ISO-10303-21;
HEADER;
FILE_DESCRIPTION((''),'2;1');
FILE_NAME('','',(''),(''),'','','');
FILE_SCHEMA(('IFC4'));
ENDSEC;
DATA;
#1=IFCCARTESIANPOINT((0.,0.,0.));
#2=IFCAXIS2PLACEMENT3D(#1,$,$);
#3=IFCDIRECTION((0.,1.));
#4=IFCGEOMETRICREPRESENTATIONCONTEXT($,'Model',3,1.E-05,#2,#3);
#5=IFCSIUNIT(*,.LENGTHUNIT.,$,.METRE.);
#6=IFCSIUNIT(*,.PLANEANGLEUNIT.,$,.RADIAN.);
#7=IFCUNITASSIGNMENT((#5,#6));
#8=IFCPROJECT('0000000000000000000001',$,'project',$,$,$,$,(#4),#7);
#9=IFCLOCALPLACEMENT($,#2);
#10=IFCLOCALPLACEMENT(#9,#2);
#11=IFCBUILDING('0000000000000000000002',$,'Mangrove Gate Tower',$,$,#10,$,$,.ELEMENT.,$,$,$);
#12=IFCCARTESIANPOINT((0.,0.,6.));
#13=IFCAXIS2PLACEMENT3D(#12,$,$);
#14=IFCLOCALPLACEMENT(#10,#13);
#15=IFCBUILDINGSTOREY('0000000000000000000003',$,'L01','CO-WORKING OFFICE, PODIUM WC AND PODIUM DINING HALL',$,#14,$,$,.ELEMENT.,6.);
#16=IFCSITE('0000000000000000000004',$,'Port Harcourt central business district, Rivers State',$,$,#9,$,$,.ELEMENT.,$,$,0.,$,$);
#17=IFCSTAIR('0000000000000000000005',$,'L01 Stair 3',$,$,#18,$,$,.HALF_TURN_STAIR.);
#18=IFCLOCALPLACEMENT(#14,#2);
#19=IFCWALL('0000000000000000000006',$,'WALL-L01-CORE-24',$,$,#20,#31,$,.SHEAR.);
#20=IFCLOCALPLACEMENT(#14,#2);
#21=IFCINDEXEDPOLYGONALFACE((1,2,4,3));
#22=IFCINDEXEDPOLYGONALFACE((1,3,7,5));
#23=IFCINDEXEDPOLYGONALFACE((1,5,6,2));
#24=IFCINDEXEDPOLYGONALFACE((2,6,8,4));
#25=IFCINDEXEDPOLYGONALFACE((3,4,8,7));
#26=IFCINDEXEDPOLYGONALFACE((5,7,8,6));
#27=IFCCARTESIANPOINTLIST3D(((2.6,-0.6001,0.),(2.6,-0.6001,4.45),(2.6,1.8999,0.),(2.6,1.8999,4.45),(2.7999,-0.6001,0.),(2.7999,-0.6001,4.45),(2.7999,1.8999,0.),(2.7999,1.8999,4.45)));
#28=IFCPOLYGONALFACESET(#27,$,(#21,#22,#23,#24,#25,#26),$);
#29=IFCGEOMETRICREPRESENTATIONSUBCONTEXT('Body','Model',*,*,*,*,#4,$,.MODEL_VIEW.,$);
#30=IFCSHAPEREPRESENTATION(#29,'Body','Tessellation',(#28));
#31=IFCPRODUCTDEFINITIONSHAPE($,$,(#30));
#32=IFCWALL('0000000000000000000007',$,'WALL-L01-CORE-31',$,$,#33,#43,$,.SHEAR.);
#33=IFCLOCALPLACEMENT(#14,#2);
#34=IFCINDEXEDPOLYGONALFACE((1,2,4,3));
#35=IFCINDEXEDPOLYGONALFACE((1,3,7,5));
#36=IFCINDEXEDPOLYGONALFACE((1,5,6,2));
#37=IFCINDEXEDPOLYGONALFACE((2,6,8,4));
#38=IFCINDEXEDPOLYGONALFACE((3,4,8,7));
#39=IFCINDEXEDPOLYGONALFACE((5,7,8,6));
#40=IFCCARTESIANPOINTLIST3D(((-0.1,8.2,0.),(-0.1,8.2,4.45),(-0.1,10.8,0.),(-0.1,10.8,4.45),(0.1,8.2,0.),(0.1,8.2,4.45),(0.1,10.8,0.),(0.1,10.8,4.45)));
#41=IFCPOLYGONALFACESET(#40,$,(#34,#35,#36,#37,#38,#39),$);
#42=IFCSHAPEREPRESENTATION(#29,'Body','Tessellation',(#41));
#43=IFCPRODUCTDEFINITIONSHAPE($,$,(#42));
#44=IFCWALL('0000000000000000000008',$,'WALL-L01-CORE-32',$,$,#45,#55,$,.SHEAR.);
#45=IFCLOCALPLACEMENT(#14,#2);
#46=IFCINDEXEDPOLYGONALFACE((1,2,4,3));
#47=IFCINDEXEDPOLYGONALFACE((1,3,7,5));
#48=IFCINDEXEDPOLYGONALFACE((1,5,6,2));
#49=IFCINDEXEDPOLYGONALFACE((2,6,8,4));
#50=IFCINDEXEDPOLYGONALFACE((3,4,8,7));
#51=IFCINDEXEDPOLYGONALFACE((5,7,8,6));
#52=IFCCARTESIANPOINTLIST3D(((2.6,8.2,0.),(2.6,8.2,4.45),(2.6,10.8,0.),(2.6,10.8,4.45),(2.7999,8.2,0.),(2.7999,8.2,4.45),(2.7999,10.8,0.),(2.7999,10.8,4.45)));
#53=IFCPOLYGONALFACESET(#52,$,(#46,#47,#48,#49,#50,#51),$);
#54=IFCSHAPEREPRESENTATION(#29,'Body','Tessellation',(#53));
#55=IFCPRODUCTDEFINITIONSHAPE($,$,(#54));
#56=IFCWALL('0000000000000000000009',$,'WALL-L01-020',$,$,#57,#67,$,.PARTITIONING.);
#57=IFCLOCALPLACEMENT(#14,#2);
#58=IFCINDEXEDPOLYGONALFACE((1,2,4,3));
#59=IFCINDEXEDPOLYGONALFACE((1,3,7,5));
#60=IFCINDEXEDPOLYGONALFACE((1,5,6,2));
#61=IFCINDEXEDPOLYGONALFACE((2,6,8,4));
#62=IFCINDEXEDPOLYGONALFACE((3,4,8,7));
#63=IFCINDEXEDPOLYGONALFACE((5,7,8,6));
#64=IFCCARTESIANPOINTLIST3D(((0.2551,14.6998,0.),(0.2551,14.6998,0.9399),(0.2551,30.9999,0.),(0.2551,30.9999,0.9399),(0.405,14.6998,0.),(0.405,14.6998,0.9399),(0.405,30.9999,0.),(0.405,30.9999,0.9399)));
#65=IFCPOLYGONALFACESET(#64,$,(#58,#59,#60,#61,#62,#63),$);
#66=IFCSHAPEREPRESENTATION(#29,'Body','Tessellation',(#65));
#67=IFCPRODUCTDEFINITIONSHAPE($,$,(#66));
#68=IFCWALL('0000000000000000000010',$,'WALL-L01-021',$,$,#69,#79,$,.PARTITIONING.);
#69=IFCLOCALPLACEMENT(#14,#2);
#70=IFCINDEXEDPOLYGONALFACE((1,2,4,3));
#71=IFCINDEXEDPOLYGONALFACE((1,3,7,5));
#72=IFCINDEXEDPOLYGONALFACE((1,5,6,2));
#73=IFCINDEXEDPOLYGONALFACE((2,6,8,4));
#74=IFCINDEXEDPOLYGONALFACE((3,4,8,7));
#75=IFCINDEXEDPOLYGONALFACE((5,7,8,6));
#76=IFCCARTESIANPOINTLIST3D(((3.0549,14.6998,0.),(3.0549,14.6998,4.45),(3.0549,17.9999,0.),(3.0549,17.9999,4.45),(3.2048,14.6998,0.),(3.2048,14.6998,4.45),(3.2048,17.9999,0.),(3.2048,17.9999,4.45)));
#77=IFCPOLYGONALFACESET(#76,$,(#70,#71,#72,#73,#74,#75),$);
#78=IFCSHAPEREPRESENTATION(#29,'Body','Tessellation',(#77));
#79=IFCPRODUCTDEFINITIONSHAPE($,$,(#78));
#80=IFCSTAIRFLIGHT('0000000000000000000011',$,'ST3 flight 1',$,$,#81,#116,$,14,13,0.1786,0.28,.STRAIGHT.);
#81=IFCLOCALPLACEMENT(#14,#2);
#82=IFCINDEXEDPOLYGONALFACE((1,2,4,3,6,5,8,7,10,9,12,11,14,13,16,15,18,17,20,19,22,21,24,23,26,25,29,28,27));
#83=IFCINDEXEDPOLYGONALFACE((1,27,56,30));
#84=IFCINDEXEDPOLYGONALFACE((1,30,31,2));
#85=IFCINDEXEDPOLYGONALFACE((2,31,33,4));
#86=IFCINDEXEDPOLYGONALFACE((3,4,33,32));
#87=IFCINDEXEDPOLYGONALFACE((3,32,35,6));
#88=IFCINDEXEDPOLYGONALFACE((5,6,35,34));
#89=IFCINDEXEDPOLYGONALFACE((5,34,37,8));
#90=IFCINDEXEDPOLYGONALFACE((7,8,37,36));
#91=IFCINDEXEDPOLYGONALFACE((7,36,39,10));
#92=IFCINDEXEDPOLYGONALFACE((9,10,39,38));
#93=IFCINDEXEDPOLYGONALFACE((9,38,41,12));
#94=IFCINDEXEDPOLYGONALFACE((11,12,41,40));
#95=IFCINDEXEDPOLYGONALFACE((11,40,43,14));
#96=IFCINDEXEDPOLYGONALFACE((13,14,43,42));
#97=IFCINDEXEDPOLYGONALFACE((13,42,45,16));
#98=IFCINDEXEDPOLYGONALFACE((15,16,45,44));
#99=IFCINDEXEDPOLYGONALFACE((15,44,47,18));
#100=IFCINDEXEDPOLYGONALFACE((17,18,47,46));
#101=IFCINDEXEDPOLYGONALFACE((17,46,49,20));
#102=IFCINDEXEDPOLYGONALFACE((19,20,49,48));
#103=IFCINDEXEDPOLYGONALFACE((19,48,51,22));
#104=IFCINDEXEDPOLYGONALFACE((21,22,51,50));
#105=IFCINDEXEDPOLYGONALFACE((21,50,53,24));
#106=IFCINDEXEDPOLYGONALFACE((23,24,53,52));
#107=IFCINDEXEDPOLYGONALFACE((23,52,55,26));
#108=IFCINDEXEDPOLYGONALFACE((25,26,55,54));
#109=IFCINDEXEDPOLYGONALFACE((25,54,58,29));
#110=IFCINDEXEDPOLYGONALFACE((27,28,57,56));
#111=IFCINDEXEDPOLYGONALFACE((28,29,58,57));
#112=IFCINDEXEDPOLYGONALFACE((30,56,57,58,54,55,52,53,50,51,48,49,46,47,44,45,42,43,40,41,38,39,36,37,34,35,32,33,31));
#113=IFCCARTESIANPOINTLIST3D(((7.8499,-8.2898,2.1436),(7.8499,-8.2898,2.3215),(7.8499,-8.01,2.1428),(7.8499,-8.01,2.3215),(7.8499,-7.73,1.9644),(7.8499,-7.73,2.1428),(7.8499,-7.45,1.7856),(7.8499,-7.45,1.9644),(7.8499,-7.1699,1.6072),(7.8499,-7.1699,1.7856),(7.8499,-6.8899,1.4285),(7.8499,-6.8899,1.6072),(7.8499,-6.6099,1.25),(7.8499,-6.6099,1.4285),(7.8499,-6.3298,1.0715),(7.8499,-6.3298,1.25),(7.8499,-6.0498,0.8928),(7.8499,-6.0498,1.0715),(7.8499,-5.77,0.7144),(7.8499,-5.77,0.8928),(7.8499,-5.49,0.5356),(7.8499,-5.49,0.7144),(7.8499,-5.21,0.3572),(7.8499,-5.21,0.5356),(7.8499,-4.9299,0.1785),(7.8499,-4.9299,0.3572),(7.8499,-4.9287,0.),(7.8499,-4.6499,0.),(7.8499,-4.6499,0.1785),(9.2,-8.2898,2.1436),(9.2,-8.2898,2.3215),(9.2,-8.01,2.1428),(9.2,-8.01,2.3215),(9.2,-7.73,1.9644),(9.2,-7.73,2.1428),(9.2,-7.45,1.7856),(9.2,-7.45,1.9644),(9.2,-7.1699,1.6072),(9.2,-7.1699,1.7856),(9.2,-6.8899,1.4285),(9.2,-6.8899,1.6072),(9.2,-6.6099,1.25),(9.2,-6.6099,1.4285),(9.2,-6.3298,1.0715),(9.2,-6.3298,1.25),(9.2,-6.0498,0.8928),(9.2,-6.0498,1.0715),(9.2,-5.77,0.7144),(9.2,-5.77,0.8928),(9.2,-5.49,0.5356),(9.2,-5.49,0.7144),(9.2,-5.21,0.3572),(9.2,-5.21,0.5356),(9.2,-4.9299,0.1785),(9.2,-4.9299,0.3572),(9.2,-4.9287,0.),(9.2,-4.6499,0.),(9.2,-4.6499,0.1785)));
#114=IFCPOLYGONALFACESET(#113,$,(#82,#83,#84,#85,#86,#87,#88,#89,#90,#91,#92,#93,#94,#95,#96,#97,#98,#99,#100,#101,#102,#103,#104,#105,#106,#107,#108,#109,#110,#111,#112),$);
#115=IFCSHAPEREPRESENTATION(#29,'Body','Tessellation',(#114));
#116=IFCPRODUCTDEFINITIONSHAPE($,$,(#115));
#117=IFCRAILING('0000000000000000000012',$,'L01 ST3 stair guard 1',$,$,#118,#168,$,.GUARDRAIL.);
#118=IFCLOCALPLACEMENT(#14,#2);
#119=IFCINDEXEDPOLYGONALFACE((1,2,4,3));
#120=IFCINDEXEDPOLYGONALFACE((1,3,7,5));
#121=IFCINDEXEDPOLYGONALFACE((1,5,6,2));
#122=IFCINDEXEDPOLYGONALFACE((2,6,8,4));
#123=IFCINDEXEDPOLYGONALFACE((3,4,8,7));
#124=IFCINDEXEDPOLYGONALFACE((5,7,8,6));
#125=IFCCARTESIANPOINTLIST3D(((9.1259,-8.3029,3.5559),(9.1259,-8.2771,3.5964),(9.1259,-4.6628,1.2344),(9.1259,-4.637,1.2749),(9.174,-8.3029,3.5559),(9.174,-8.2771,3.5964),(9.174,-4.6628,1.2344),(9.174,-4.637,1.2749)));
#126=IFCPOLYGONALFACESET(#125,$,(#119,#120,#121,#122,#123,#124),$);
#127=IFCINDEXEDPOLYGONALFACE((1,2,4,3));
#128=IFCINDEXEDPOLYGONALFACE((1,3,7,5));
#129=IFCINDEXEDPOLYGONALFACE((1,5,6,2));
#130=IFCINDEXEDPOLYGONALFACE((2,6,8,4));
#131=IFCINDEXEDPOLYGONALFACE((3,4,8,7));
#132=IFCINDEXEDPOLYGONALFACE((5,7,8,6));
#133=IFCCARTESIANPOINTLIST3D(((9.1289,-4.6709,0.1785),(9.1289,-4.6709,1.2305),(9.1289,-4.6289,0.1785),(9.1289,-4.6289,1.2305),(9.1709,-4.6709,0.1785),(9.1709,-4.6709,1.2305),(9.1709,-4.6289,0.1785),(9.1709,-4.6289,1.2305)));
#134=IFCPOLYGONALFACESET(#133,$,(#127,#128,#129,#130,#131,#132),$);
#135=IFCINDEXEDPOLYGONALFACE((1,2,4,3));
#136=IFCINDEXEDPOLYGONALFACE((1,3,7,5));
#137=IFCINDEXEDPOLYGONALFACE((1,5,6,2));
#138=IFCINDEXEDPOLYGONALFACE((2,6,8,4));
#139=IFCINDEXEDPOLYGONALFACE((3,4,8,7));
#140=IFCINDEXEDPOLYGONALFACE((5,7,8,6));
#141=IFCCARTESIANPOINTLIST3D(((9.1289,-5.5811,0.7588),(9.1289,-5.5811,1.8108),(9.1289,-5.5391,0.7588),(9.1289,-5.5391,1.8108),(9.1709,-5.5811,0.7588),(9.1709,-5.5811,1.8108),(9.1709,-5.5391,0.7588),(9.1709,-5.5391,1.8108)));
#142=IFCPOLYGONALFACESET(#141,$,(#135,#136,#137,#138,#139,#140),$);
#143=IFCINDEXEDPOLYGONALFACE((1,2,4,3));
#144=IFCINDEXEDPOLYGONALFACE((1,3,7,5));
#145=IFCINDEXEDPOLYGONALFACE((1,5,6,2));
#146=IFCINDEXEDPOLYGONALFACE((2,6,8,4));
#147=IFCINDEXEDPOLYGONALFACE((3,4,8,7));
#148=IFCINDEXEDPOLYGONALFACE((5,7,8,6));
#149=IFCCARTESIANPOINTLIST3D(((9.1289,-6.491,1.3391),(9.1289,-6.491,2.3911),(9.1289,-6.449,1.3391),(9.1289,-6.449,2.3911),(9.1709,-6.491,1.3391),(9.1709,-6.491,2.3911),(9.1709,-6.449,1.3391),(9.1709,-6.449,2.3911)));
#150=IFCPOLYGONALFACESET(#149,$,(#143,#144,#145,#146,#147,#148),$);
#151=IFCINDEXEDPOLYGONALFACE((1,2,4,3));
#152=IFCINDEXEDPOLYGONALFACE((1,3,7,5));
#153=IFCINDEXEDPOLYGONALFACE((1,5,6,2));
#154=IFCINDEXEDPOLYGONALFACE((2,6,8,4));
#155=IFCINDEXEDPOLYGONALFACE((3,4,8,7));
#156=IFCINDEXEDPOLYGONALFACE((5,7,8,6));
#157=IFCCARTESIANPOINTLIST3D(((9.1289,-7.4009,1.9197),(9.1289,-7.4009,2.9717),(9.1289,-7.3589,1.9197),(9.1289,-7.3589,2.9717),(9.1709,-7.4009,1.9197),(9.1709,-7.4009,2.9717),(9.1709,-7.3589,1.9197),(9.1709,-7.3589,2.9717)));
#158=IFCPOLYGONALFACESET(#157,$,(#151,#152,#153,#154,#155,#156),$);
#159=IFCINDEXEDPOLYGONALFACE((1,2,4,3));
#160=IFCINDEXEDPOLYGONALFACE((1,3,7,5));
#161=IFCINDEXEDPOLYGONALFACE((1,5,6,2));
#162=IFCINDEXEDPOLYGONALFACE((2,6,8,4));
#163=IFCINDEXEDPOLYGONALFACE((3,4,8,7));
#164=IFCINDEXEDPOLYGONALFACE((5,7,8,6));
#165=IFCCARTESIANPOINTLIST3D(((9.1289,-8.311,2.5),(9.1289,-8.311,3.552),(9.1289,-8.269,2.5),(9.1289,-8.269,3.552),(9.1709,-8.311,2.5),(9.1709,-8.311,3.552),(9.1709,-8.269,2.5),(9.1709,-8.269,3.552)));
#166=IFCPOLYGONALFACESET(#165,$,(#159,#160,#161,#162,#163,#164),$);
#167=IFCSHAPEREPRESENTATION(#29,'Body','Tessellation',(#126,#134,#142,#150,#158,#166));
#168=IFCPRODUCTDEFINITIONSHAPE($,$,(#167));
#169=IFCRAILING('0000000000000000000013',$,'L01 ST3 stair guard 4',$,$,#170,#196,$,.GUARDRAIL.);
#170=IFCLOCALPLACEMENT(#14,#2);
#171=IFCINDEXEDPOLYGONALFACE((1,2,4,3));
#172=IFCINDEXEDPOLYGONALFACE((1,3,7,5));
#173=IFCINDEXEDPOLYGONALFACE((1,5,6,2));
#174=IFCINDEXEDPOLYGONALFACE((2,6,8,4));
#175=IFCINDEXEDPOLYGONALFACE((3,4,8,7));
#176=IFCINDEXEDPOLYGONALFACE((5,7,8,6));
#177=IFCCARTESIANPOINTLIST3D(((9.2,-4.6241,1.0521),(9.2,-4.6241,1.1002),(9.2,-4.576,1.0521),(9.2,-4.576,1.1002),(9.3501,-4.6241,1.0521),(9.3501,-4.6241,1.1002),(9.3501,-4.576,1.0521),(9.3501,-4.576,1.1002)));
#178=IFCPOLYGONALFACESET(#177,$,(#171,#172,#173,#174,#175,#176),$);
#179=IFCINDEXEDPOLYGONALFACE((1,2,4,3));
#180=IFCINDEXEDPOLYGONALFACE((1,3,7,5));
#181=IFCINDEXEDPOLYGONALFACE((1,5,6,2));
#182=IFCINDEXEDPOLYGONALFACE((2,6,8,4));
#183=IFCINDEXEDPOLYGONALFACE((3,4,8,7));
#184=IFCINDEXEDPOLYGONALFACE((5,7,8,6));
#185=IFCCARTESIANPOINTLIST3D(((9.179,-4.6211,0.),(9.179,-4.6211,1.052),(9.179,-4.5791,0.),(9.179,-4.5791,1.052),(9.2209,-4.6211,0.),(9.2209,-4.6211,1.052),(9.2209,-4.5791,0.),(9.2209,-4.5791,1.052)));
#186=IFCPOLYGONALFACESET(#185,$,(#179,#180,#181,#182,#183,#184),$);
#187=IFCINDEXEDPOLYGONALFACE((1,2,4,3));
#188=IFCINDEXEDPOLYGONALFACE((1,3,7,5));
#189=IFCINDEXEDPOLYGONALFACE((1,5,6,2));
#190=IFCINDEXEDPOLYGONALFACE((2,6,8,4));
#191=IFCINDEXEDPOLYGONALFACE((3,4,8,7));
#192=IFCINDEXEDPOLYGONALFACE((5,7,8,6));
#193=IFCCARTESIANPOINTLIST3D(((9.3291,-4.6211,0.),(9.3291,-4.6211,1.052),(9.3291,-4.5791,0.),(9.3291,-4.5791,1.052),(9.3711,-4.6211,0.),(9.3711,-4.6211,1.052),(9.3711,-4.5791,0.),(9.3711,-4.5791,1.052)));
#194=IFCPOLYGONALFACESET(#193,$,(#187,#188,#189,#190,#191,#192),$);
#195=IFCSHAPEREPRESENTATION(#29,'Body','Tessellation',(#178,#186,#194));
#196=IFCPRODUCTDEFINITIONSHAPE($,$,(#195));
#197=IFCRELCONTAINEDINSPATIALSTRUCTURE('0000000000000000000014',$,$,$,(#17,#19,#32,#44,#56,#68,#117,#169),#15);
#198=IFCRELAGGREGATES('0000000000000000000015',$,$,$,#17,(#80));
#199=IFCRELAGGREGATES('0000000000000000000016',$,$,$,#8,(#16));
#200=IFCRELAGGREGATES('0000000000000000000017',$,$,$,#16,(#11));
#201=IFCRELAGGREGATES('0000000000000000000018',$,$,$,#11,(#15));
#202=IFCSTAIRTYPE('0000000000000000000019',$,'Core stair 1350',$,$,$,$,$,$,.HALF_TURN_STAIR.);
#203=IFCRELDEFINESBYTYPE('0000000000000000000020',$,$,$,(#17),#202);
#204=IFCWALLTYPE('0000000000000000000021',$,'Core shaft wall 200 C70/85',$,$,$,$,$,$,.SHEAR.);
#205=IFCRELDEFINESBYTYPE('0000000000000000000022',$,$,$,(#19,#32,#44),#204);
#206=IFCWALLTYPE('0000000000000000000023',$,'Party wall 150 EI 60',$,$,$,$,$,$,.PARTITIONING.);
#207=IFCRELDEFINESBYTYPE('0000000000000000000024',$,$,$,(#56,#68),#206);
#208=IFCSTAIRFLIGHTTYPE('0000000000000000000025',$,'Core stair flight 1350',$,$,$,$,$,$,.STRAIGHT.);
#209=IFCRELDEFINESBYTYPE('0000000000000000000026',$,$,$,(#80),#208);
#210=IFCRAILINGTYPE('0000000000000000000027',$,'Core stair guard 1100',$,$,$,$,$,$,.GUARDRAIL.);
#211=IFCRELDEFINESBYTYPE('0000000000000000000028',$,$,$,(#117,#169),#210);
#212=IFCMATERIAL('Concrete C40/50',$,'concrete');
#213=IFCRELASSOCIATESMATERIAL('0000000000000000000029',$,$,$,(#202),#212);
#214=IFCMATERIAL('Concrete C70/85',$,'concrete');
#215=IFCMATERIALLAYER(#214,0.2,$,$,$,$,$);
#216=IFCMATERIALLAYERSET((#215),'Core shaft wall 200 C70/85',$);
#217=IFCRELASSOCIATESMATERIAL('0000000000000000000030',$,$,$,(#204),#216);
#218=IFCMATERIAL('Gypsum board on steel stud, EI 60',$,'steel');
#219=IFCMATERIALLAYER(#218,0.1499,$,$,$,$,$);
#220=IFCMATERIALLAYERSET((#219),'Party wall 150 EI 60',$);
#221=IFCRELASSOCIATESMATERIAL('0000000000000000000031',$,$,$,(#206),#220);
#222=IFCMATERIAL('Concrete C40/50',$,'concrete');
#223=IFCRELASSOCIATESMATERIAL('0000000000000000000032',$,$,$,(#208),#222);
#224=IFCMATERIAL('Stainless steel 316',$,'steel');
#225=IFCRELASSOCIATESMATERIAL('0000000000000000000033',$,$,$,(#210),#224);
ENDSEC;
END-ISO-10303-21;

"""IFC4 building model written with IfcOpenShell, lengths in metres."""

from ifc_helpers import new_model, si_unit, direction, frame, frame_2d, origin, origin_2d, place, context, subcontext, project, spatial, polyline, rectangle, outline, extrude, material, layer, layer_set, type_object, element, aggregate, save


model = new_model("IFC4")

# Units and contexts
model_context = context("Model", 3, precision=1e-05, world=origin(), true_north=direction((0.0, 1.0)))
body_context = subcontext(model_context, "Body", "Model", "MODEL_VIEW")
ifc_project = project(units=[si_unit("LENGTHUNIT", "METRE"), si_unit("PLANEANGLEUNIT", "RADIAN")], contexts=[model_context])

# Site, building, storey
site_placement = place(None, origin())
site = spatial("IfcSite", under=ifc_project, at=site_placement, Name="Port Harcourt central business district, Rivers State", CompositionType="ELEMENT", RefElevation=0.0)
building_placement = place(site_placement, origin())
building = spatial("IfcBuilding", under=site, at=building_placement, Name="Mangrove Gate Tower", CompositionType="ELEMENT")
storey_placement = place(building_placement, frame((0.0, 0.0, 6.0)))
storey = spatial("IfcBuildingStorey", under=building, at=storey_placement, Name="L01", Description="CO-WORKING OFFICE, PODIUM WC AND PODIUM DINING HALL", CompositionType="ELEMENT", Elevation=6.0)

# Stair
ifc_material_1 = material(Name="Concrete C40/50", Category="concrete")
stair_type = type_object("IfcStairType", Name="Core stair 1350", PredefinedType="HALF_TURN_STAIR", material=ifc_material_1)
stair_1_placement = place(storey_placement, origin())
stair_1 = element("IfcStair", 1, at=stair_1_placement, inside=storey, type_object=stair_type, Name="L01 Stair 3", PredefinedType="HALF_TURN_STAIR")

# Walls
ifc_material_2 = material(Name="Concrete C70/85", Category="concrete")
ifc_layer_1 = layer(ifc_material_2, 0.2)
ifc_layer_set_1 = layer_set([ifc_layer_1], Name="Core shaft wall 200 C70/85")
wall_type_1 = type_object("IfcWallType", Name="Core shaft wall 200 C70/85", PredefinedType="SHEAR", material=ifc_layer_set_1)
for number, where, z_axis, x_axis, name in (
    (2, (2.7, -0.6001, 0.0), (0.0, 0.0, 1.0), (0.0, 1.0, 0.0), "WALL-L01-CORE-24"),
):
    element("IfcWall", number, at=place(storey_placement, frame(where, z_axis=z_axis, x_axis=x_axis)), inside=storey, type_object=wall_type_1, Name=name, PredefinedType="SHEAR", context=body_context, shape_type="SweptSolid", body=[
        extrude(rectangle(XDim=2.5, YDim=0.2, at=frame_2d((1.25, 0.0))), origin(), (0.0, 0.0, 1.0), 4.45),
    ])
for number, where, z_axis, x_axis, name in (
    (3, (0.0, 8.2, 0.0), (0.0, 0.0, 1.0), (0.0, 1.0, 0.0), "WALL-L01-CORE-31"),
    (4, (2.7, 8.2, 0.0), (0.0, 0.0, 1.0), (0.0, 1.0, 0.0), "WALL-L01-CORE-32"),
):
    element("IfcWall", number, at=place(storey_placement, frame(where, z_axis=z_axis, x_axis=x_axis)), inside=storey, type_object=wall_type_1, Name=name, PredefinedType="SHEAR", context=body_context, shape_type="SweptSolid", body=[
        extrude(rectangle(XDim=2.6001, YDim=0.2, at=frame_2d((1.3, 0.0))), origin(), (0.0, 0.0, 1.0), 4.45),
    ])
ifc_material_3 = material(Name="Gypsum board on steel stud, EI 60", Category="steel")
ifc_layer_2 = layer(ifc_material_3, 0.1499)
ifc_layer_set_2 = layer_set([ifc_layer_2], Name="Party wall 150 EI 60")
wall_type_2 = type_object("IfcWallType", Name="Party wall 150 EI 60", PredefinedType="PARTITIONING", material=ifc_layer_set_2)
wall_1_placement = place(storey_placement, frame((0.3301, 14.7, 0.0), z_axis=(0.0, 0.0, 1.0), x_axis=(0.0, 1.0, 0.0)))
element("IfcWall", 5, at=wall_1_placement, inside=storey, type_object=wall_type_2, Name="WALL-L01-020", PredefinedType="PARTITIONING", context=body_context, shape_type="SweptSolid", body=[
    extrude(rectangle(XDim=16.3, YDim=0.1499, at=frame_2d((8.1499, 0.0))), origin(), (0.0, 0.0, 1.0), 0.9399),
])
wall_2_placement = place(storey_placement, frame((3.1299, 14.7, 0.0), z_axis=(0.0, 0.0, 1.0), x_axis=(0.0, 1.0, 0.0)))
element("IfcWall", 6, at=wall_2_placement, inside=storey, type_object=wall_type_2, Name="WALL-L01-021", PredefinedType="PARTITIONING", context=body_context, shape_type="SweptSolid", body=[
    extrude(rectangle(XDim=3.3, YDim=0.1499, at=frame_2d((1.6499, 0.0))), origin(), (0.0, 0.0, 1.0), 4.45),
])

# Stair flight
ifc_material_4 = material(Name="Concrete C40/50", Category="concrete")
stair_flight_type = type_object("IfcStairFlightType", Name="Core stair flight 1350", PredefinedType="STRAIGHT", material=ifc_material_4)
stair_flight_placement = place(storey_placement, frame((8.5249, -4.6499, 0.0), z_axis=(0.0, 0.0, 1.0), x_axis=(0.0, -1.0, 0.0)))
stair_flight = element("IfcStairFlight", 7, at=stair_flight_placement, type_object=stair_flight_type, Name="ST3 flight 1", NumberOfRisers=14, NumberOfTreads=13, PredefinedType="STRAIGHT", RiserHeight=0.1786, TreadLength=0.28, context=body_context, shape_type="SweptSolid", body=[
    extrude(outline(polyline([(0.0, 0.0), (0.0, 0.1785), (0.28, 0.1785), (0.28, 0.3572), (0.5601, 0.3572), (0.5601, 0.5356), (0.8401, 0.5356), (0.8401, 0.7144), (1.1201, 0.7144), (1.1201, 0.8928), (1.3999, 0.8928), (1.3999, 1.0715), (1.6799, 1.0715), (1.6799, 1.25), (1.96, 1.25), (1.96, 1.4285), (2.24, 1.4285), (2.24, 1.6072), (2.52, 1.6072), (2.52, 1.7856), (2.8, 1.7856), (2.8, 1.9644), (3.0801, 1.9644), (3.0801, 2.1428), (3.3601, 2.1428), (3.3601, 2.3215), (3.6399, 2.3215), (3.6399, 2.5), (3.6399, 2.1436), (0.2788, 0.0), (0.0, 0.0)])), frame((0.0, 0.675, 0.0), z_axis=(0.0, -1.0, 0.0), x_axis=(1.0, 0.0, 0.0)), (0.0, 0.0, 1.0), 1.3501),
])
aggregate(stair_1, [stair_flight])

# Railings
ifc_material_5 = material(Name="Stainless steel 316", Category="steel")
railing_type_1 = type_object("IfcRailingType", Name="Core stair guard 1100", PredefinedType="GUARDRAIL", material=ifc_material_5)
railing_1_placement = place(storey_placement, frame((9.1499, -4.6499, 0.1785)))
element("IfcRailing", 8, at=railing_1_placement, inside=storey, type_object=railing_type_1, Name="L01 ST3 stair guard 1", PredefinedType="GUARDRAIL", context=body_context, shape_type="SweptSolid", body=[
    extrude(rectangle(XDim=0.0481, YDim=0.0481, at=origin_2d()), frame((0.0, 0.0, 1.0762), z_axis=(0.0, -0.843128, 0.537713), x_axis=(1.0, 0.0, 0.0)), (0.0, 0.0, 1.0), 4.3174),
    extrude(rectangle(XDim=0.042, YDim=0.042, at=origin_2d()), origin(), (0.0, 0.0, 1.0), 1.052),
    extrude(rectangle(XDim=0.042, YDim=0.042, at=origin_2d()), frame((0.0, -0.9102, 0.5803)), (0.0, 0.0, 1.0), 1.052),
    extrude(rectangle(XDim=0.042, YDim=0.042, at=origin_2d()), frame((0.0, -1.8201, 1.1606)), (0.0, 0.0, 1.0), 1.052),
    extrude(rectangle(XDim=0.042, YDim=0.042, at=origin_2d()), frame((0.0, -2.73, 1.7412)), (0.0, 0.0, 1.0), 1.052),
    extrude(rectangle(XDim=0.042, YDim=0.042, at=origin_2d()), frame((0.0, -3.6401, 2.3215)), (0.0, 0.0, 1.0), 1.052),
])
railing_2_placement = place(storey_placement, frame((9.2, -4.6001, 0.0)))
element("IfcRailing", 9, at=railing_2_placement, inside=storey, type_object=railing_type_1, Name="L01 ST3 stair guard 4", PredefinedType="GUARDRAIL", context=body_context, shape_type="SweptSolid", body=[
    extrude(rectangle(XDim=0.0481, YDim=0.0481, at=origin_2d()), frame((0.0, 0.0, 1.0762), z_axis=(1.0, 0.0, 0.0), x_axis=(0.0, 1.0, 0.0)), (0.0, 0.0, 1.0), 0.1501),
    extrude(rectangle(XDim=0.042, YDim=0.042, at=origin_2d()), origin(), (0.0, 0.0, 1.0), 1.052),
    extrude(rectangle(XDim=0.042, YDim=0.042, at=origin_2d()), frame((0.1501, 0.0, 0.0)), (0.0, 0.0, 1.0), 1.052),
])

save(model, "model.ifc")
